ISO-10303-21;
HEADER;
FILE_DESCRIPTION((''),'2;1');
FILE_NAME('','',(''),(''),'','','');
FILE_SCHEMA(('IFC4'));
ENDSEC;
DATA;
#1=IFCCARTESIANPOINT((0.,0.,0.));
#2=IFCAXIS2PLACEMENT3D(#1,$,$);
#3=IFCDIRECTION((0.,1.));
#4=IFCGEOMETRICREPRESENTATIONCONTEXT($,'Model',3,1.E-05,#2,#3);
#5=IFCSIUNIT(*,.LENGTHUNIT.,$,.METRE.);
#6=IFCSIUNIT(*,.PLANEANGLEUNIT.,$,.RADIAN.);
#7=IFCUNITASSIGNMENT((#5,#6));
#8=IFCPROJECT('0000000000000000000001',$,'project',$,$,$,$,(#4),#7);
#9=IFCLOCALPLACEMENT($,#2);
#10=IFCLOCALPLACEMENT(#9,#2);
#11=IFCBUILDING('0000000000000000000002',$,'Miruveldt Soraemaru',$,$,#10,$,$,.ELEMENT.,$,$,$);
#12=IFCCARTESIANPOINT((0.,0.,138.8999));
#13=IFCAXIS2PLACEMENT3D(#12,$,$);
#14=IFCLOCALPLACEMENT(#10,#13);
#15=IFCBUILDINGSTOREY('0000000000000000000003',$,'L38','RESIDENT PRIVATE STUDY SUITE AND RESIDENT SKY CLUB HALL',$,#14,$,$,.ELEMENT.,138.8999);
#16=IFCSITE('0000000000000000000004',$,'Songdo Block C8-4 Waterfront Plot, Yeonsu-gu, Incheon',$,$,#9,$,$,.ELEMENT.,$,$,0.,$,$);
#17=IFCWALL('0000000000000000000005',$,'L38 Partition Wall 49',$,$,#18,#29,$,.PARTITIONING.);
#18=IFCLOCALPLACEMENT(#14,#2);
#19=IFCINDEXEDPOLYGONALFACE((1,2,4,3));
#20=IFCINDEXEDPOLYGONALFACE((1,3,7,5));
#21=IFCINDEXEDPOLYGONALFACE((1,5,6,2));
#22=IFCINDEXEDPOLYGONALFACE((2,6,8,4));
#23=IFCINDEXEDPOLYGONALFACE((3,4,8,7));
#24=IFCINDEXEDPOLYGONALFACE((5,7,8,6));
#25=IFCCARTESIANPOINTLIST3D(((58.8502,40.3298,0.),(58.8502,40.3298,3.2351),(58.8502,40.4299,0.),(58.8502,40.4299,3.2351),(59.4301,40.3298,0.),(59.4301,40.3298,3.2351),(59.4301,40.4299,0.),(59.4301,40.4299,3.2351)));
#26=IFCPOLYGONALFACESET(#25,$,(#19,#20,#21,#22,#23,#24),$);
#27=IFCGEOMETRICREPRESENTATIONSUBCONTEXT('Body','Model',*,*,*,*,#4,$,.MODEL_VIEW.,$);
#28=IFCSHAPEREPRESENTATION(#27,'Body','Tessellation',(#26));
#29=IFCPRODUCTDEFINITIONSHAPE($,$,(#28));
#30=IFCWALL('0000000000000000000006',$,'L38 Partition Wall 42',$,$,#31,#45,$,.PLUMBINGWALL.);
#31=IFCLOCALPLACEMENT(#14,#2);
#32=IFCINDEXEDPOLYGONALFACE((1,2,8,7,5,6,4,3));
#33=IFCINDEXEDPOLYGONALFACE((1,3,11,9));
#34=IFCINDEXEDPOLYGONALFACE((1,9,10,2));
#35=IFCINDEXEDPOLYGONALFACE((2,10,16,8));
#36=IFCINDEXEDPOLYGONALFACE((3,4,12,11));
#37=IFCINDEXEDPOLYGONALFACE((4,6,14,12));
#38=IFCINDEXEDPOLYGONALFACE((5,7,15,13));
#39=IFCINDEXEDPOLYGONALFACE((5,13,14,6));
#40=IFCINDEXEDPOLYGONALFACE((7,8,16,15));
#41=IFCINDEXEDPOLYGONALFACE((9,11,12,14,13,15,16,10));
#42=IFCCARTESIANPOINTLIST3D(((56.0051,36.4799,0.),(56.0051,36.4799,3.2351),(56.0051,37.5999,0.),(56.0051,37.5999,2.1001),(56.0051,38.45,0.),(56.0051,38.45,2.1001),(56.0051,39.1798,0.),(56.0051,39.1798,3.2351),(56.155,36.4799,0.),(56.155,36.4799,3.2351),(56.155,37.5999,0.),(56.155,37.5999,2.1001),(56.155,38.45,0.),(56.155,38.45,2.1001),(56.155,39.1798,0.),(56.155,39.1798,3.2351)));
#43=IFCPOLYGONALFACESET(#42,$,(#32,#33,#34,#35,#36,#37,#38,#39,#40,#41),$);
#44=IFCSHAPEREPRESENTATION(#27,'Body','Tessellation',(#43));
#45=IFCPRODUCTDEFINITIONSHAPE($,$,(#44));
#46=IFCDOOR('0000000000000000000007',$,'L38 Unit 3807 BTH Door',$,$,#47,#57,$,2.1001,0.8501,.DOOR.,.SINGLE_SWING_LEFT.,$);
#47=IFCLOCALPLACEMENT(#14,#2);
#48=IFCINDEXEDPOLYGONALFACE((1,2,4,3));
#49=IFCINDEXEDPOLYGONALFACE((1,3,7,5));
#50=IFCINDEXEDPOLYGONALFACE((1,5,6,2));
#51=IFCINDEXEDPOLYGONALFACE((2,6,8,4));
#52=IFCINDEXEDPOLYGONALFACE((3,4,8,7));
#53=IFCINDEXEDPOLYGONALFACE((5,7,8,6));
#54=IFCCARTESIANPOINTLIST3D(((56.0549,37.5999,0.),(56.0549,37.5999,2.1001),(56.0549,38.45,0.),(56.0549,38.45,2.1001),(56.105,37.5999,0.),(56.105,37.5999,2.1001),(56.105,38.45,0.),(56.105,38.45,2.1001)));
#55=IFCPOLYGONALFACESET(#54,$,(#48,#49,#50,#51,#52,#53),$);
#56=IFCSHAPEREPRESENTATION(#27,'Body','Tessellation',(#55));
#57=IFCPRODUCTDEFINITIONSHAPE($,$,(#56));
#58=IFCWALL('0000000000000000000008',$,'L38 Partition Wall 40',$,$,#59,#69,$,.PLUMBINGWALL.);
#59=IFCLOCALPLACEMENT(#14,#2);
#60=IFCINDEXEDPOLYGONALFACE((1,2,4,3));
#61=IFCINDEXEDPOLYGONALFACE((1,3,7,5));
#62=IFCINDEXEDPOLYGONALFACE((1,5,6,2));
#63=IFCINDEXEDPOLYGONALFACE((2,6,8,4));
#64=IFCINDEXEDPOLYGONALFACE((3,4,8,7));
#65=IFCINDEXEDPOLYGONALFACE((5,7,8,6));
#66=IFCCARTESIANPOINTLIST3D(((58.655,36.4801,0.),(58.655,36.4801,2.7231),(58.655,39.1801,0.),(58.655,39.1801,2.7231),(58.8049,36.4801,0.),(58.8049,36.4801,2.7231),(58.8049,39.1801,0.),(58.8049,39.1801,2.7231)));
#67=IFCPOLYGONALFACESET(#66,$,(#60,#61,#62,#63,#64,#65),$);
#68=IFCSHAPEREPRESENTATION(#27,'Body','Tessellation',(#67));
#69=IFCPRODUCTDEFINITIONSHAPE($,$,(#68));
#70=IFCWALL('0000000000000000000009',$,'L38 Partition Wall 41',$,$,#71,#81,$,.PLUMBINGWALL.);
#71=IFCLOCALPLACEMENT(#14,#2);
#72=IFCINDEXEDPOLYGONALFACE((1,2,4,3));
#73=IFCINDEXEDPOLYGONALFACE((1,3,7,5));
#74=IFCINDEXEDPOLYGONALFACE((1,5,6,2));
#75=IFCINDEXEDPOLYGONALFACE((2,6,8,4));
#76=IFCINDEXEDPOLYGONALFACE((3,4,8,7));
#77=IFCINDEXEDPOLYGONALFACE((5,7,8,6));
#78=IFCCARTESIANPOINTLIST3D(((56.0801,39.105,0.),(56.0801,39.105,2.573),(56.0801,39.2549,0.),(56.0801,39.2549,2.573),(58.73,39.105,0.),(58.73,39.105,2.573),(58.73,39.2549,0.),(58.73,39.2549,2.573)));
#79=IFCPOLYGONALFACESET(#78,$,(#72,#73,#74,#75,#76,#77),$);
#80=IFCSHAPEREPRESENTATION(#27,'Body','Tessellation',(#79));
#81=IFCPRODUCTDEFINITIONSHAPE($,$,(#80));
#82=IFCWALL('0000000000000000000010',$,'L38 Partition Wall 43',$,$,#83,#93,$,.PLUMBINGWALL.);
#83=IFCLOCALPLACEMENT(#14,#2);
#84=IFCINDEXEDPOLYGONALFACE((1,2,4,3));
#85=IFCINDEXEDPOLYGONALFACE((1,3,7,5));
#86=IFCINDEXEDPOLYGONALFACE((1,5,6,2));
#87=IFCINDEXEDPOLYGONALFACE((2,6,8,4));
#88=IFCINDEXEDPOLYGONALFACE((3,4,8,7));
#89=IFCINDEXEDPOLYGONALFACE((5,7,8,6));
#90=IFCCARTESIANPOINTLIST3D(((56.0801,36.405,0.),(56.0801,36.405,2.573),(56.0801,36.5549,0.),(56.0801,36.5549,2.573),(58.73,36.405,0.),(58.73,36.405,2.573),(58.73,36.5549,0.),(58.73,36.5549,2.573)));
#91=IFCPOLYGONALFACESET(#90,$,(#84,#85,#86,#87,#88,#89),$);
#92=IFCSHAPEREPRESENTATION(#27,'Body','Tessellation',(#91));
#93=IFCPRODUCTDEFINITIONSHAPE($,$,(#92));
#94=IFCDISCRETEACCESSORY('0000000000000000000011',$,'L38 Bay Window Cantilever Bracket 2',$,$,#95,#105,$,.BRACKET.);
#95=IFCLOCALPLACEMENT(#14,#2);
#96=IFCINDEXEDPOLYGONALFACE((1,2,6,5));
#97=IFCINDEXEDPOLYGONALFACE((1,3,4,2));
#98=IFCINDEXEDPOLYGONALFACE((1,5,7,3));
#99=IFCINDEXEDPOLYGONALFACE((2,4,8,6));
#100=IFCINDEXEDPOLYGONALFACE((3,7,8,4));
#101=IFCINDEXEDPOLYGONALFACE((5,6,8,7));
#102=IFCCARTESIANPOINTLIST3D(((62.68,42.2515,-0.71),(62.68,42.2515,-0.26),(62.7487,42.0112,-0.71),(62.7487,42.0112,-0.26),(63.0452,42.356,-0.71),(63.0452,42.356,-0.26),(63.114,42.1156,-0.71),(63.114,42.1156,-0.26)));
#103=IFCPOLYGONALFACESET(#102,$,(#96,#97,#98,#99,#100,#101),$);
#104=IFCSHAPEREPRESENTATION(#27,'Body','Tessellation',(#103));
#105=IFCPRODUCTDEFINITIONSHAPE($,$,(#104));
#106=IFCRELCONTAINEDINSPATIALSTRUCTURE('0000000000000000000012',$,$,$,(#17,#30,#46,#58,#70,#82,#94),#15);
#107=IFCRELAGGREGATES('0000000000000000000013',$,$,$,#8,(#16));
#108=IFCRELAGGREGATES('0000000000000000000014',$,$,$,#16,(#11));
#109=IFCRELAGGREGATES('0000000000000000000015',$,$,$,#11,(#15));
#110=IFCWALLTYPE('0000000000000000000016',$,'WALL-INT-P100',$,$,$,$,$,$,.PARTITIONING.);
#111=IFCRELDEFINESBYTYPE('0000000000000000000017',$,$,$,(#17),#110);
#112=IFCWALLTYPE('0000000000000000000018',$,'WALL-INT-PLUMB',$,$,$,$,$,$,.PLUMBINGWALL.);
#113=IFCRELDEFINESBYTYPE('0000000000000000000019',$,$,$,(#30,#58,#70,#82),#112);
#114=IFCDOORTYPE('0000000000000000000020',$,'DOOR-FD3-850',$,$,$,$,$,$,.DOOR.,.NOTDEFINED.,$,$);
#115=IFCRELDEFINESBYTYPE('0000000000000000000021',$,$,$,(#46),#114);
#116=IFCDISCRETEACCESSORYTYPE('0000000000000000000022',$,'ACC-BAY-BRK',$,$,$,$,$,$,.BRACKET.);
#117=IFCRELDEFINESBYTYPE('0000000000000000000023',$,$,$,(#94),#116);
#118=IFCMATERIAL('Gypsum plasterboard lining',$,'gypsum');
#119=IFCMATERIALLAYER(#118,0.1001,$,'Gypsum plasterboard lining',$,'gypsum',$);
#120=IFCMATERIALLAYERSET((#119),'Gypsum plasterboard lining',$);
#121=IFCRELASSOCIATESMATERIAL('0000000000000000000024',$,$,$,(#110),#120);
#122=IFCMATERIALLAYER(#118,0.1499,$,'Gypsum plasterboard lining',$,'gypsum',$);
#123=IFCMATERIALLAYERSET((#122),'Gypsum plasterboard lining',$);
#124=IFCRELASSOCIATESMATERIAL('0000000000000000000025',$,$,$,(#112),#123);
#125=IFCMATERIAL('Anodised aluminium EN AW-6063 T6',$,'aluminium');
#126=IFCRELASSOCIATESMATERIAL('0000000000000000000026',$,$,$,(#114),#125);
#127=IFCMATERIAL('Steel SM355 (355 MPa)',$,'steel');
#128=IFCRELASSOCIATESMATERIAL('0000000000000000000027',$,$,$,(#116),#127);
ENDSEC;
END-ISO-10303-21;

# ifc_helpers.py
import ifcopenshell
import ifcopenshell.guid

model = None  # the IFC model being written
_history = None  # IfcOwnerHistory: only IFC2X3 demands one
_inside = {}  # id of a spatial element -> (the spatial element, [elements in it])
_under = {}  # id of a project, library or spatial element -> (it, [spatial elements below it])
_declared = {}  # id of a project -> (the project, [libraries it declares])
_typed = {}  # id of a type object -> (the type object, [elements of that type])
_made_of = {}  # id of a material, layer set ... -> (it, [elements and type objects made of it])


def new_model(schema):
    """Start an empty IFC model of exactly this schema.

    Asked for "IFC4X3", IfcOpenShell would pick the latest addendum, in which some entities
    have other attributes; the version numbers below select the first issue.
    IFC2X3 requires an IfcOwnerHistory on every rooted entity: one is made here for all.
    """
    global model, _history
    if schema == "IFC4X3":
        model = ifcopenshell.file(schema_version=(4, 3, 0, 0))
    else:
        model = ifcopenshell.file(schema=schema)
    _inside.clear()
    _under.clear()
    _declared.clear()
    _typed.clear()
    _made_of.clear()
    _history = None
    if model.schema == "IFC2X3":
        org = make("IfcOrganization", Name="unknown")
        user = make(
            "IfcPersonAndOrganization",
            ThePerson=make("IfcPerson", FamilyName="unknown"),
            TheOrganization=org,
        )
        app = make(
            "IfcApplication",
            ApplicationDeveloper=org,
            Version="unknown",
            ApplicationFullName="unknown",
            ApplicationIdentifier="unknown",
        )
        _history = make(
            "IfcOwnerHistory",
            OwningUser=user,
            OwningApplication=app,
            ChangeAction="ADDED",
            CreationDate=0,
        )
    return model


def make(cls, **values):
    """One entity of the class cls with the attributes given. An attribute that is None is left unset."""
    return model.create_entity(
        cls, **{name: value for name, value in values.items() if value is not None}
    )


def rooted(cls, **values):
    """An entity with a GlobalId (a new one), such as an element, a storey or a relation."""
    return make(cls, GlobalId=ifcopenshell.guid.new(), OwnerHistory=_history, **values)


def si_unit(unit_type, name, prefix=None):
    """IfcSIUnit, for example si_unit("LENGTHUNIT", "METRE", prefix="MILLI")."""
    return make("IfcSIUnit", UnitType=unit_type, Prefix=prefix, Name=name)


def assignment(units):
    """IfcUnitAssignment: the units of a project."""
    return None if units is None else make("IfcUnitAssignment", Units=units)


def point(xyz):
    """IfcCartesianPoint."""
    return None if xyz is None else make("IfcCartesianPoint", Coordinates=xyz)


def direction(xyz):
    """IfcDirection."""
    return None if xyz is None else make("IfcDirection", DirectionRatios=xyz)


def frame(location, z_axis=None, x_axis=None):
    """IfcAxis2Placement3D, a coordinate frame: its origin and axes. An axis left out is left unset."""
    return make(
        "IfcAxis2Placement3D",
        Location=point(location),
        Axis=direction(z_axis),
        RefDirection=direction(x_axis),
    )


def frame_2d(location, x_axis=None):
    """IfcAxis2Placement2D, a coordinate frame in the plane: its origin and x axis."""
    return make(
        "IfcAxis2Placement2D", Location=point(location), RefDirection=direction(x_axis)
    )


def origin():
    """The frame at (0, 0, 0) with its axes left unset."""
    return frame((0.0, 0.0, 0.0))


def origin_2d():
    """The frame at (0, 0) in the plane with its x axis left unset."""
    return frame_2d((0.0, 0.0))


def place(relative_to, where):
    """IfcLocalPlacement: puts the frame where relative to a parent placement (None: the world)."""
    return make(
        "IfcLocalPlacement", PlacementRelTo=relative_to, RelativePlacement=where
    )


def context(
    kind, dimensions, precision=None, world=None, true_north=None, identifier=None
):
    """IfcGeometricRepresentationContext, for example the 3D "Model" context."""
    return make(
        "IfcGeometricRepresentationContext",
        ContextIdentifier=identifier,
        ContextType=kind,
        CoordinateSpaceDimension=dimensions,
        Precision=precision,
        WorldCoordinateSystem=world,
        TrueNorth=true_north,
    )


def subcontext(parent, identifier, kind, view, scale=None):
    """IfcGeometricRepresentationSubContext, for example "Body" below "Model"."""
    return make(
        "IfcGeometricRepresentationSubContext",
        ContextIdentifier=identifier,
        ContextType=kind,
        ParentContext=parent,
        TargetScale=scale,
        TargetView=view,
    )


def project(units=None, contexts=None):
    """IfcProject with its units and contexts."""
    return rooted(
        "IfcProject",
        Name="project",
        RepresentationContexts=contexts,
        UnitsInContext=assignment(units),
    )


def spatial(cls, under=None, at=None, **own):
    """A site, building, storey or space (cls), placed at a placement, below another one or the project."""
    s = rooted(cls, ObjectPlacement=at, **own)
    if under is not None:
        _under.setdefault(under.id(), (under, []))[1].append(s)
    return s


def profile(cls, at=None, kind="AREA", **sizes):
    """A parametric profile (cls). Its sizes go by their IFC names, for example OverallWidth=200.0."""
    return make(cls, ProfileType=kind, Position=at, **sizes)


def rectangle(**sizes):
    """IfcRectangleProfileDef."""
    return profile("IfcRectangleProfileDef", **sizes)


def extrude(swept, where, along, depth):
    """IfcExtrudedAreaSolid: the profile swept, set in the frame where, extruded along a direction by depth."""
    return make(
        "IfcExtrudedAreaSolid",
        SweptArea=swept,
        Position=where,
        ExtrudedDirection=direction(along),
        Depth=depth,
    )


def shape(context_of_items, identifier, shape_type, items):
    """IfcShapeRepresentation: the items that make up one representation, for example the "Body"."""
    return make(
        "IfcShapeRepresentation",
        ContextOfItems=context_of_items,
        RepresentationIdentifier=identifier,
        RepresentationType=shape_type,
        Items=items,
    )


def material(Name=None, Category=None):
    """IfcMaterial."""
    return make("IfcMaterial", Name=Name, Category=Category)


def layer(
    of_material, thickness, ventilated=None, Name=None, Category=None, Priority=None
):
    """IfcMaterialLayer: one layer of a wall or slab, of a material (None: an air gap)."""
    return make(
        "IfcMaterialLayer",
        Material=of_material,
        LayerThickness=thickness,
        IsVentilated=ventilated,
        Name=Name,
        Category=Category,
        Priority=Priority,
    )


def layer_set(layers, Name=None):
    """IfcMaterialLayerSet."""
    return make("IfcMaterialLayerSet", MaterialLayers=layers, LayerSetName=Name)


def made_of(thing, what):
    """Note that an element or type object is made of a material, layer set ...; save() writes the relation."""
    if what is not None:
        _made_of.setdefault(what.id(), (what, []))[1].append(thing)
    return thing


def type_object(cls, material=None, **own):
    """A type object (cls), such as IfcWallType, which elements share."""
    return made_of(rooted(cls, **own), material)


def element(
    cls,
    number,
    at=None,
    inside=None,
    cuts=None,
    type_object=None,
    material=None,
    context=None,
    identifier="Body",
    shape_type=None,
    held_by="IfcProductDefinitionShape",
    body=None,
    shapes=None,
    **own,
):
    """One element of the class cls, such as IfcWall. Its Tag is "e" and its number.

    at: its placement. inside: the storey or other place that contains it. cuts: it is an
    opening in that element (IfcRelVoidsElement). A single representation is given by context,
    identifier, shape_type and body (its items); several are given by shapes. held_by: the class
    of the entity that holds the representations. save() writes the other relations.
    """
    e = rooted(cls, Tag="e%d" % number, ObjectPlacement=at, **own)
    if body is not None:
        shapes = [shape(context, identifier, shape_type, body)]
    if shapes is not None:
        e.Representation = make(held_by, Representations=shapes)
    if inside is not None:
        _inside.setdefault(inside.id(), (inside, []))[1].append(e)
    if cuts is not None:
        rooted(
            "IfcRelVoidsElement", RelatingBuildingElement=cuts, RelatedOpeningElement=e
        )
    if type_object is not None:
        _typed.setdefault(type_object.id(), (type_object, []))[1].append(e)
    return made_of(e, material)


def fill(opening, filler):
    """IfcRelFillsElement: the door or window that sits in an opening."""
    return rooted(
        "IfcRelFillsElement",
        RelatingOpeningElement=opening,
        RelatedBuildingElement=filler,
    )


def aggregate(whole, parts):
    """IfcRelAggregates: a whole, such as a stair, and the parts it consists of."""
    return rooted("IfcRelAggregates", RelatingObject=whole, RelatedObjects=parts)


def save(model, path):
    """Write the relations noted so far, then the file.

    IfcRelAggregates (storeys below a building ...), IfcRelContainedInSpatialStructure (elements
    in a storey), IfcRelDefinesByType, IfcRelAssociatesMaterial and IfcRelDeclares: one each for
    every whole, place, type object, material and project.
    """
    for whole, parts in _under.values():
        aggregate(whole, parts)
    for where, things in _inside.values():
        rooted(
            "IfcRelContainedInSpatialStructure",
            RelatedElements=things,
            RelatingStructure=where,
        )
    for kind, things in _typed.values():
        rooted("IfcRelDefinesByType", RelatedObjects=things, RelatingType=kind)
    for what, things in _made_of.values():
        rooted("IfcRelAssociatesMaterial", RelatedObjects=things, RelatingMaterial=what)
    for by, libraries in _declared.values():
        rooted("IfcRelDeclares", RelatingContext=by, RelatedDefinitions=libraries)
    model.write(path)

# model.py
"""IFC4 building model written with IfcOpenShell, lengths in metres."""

from ifc_helpers import new_model, si_unit, direction, frame, frame_2d, origin, origin_2d, place, context, subcontext, project, spatial, rectangle, extrude, material, layer, layer_set, type_object, element, fill, save


model = new_model("IFC4")

# Units and contexts
model_context = context("Model", 3, precision=1e-05, world=origin(), true_north=direction((0.0, 1.0)))
body_context = subcontext(model_context, "Body", "Model", "MODEL_VIEW")
ifc_project = project(units=[si_unit("LENGTHUNIT", "METRE"), si_unit("PLANEANGLEUNIT", "RADIAN")], contexts=[model_context])

# Site, building, storey
site_placement = place(None, origin())
site = spatial("IfcSite", under=ifc_project, at=site_placement, Name="Songdo Block C8-4 Waterfront Plot, Yeonsu-gu, Incheon", CompositionType="ELEMENT", RefElevation=0.0)
building_placement = place(site_placement, origin())
building = spatial("IfcBuilding", under=site, at=building_placement, Name="Miruveldt Soraemaru", CompositionType="ELEMENT")
storey_placement = place(building_placement, frame((0.0, 0.0, 138.8999)))
storey = spatial("IfcBuildingStorey", under=building, at=storey_placement, Name="L38", Description="RESIDENT PRIVATE STUDY SUITE AND RESIDENT SKY CLUB HALL", CompositionType="ELEMENT", Elevation=138.8999)

# Shared definitions
ifc_material_1 = material(Name="Steel SM355 (355 MPa)", Category="steel")

# Shared definitions
ifc_material_2 = material(Name="Anodised aluminium EN AW-6063 T6", Category="aluminium")

# Shared definitions
ifc_material_3 = material(Name="Gypsum plasterboard lining", Category="gypsum")
ifc_layer_1 = layer(ifc_material_3, 0.1001, Name="Gypsum plasterboard lining", Category="gypsum")
ifc_layer_set_1 = layer_set([ifc_layer_1], Name="Gypsum plasterboard lining")
wall_type_1 = type_object("IfcWallType", Name="WALL-INT-P100", PredefinedType="PARTITIONING", material=ifc_layer_set_1)

# Wall
wall_1_placement = place(storey_placement, frame((58.8501, 40.3799, 0.0), z_axis=(0.0, 0.0, 1.0), x_axis=(1.0, 0.0, 0.0)))
element("IfcWall", 1, at=wall_1_placement, inside=storey, type_object=wall_type_1, Name="L38 Partition Wall 49", PredefinedType="PARTITIONING", context=body_context, shape_type="SweptSolid", body=[
    extrude(rectangle(XDim=0.5798, YDim=0.1001, at=frame_2d((0.29, 0.0))), origin(), (0.0, 0.0, 1.0), 3.2351),
])

# Wall, opening, door
ifc_layer_2 = layer(ifc_material_3, 0.1499, Name="Gypsum plasterboard lining", Category="gypsum")
ifc_layer_set_2 = layer_set([ifc_layer_2], Name="Gypsum plasterboard lining")
wall_type_2 = type_object("IfcWallType", Name="WALL-INT-PLUMB", PredefinedType="PLUMBINGWALL", material=ifc_layer_set_2)
wall_2_placement = place(storey_placement, frame((56.0801, 39.1799, 0.0), z_axis=(0.0, 0.0, 1.0), x_axis=(0.0, -1.0, 0.0)))
wall_2 = element("IfcWall", 2, at=wall_2_placement, inside=storey, type_object=wall_type_2, Name="L38 Partition Wall 42", PredefinedType="PLUMBINGWALL", context=body_context, shape_type="SweptSolid", body=[
    extrude(rectangle(XDim=2.7, YDim=0.1499, at=frame_2d((1.3501, 0.0))), origin(), (0.0, 0.0, 1.0), 3.2351),
])
opening_1_placement = place(wall_2_placement, frame((0.73, 0.0, 0.0)))
opening_1 = element("IfcOpeningElement", 3, at=opening_1_placement, cuts=wall_2, PredefinedType="OPENING", context=body_context, shape_type="SweptSolid", body=[
    extrude(rectangle(XDim=0.8501, YDim=2.1001, at=frame_2d((0.425, 1.05))), frame((0.0, 0.085, 0.0), z_axis=(0.0, -1.0, 0.0), x_axis=(1.0, 0.0, 0.0)), (0.0, 0.0, 1.0), 0.1699),
])
door_type_1 = type_object("IfcDoorType", Name="DOOR-FD3-850", OperationType="NOTDEFINED", PredefinedType="DOOR", material=ifc_material_2)
door_1_placement = place(opening_1_placement, origin())
door_1 = element("IfcDoor", 4, at=door_1_placement, inside=storey, type_object=door_type_1, Name="L38 Unit 3807 BTH Door", OperationType="SINGLE_SWING_LEFT", OverallHeight=2.1001, OverallWidth=0.8501, PredefinedType="DOOR", context=body_context, shape_type="SweptSolid", body=[
    extrude(rectangle(XDim=0.8501, YDim=2.1001, at=frame_2d((0.425, 1.05))), frame((0.0, 0.0249, 0.0), z_axis=(0.0, -1.0, 0.0), x_axis=(1.0, 0.0, 0.0)), (0.0, 0.0, 1.0), 0.05),
])
fill(opening_1, door_1)

# Walls
wall_3_placement = place(storey_placement, frame((58.73, 36.48, 0.0), z_axis=(0.0, 0.0, 1.0), x_axis=(0.0, 1.0, 0.0)))
element("IfcWall", 5, at=wall_3_placement, inside=storey, type_object=wall_type_2, Name="L38 Partition Wall 40", PredefinedType="PLUMBINGWALL", context=body_context, shape_type="SweptSolid", body=[
    extrude(rectangle(XDim=2.7, YDim=0.1499, at=frame_2d((1.3501, 0.0))), origin(), (0.0, 0.0, 1.0), 2.7231),
])
for number, where, z_axis, x_axis, name in (
    (6, (58.73, 39.1799, 0.0), (0.0, 0.0, 1.0), (-1.0, 0.0, 0.0), "L38 Partition Wall 41"),
    (7, (56.0801, 36.48, 0.0), (0.0, 0.0, 1.0), (1.0, 0.0, 0.0), "L38 Partition Wall 43"),
):
    element("IfcWall", number, at=place(storey_placement, frame(where, z_axis=z_axis, x_axis=x_axis)), inside=storey, type_object=wall_type_2, Name=name, PredefinedType="PLUMBINGWALL", context=body_context, shape_type="SweptSolid", body=[
        extrude(rectangle(XDim=2.6499, YDim=0.1499, at=frame_2d((1.325, 0.0))), origin(), (0.0, 0.0, 1.0), 2.573),
    ])

# Discrete accessory
discrete_accessory_type = type_object("IfcDiscreteAccessoryType", Name="ACC-BAY-BRK", PredefinedType="BRACKET", material=ifc_material_1)
discrete_accessory_placement = place(storey_placement, frame((62.897, 42.1836, -0.71), z_axis=(0.0, 0.0, 1.0), x_axis=(0.961444, 0.275, 0.0)))
element("IfcDiscreteAccessory", 8, at=discrete_accessory_placement, inside=storey, type_object=discrete_accessory_type, Name="L38 Bay Window Cantilever Bracket 2", PredefinedType="BRACKET", context=body_context, shape_type="SweptSolid", body=[
    extrude(rectangle(XDim=0.3799, YDim=0.25, at=origin_2d()), origin(), (0.0, 0.0, 1.0), 0.45),
])

save(model, "model.ifc")
